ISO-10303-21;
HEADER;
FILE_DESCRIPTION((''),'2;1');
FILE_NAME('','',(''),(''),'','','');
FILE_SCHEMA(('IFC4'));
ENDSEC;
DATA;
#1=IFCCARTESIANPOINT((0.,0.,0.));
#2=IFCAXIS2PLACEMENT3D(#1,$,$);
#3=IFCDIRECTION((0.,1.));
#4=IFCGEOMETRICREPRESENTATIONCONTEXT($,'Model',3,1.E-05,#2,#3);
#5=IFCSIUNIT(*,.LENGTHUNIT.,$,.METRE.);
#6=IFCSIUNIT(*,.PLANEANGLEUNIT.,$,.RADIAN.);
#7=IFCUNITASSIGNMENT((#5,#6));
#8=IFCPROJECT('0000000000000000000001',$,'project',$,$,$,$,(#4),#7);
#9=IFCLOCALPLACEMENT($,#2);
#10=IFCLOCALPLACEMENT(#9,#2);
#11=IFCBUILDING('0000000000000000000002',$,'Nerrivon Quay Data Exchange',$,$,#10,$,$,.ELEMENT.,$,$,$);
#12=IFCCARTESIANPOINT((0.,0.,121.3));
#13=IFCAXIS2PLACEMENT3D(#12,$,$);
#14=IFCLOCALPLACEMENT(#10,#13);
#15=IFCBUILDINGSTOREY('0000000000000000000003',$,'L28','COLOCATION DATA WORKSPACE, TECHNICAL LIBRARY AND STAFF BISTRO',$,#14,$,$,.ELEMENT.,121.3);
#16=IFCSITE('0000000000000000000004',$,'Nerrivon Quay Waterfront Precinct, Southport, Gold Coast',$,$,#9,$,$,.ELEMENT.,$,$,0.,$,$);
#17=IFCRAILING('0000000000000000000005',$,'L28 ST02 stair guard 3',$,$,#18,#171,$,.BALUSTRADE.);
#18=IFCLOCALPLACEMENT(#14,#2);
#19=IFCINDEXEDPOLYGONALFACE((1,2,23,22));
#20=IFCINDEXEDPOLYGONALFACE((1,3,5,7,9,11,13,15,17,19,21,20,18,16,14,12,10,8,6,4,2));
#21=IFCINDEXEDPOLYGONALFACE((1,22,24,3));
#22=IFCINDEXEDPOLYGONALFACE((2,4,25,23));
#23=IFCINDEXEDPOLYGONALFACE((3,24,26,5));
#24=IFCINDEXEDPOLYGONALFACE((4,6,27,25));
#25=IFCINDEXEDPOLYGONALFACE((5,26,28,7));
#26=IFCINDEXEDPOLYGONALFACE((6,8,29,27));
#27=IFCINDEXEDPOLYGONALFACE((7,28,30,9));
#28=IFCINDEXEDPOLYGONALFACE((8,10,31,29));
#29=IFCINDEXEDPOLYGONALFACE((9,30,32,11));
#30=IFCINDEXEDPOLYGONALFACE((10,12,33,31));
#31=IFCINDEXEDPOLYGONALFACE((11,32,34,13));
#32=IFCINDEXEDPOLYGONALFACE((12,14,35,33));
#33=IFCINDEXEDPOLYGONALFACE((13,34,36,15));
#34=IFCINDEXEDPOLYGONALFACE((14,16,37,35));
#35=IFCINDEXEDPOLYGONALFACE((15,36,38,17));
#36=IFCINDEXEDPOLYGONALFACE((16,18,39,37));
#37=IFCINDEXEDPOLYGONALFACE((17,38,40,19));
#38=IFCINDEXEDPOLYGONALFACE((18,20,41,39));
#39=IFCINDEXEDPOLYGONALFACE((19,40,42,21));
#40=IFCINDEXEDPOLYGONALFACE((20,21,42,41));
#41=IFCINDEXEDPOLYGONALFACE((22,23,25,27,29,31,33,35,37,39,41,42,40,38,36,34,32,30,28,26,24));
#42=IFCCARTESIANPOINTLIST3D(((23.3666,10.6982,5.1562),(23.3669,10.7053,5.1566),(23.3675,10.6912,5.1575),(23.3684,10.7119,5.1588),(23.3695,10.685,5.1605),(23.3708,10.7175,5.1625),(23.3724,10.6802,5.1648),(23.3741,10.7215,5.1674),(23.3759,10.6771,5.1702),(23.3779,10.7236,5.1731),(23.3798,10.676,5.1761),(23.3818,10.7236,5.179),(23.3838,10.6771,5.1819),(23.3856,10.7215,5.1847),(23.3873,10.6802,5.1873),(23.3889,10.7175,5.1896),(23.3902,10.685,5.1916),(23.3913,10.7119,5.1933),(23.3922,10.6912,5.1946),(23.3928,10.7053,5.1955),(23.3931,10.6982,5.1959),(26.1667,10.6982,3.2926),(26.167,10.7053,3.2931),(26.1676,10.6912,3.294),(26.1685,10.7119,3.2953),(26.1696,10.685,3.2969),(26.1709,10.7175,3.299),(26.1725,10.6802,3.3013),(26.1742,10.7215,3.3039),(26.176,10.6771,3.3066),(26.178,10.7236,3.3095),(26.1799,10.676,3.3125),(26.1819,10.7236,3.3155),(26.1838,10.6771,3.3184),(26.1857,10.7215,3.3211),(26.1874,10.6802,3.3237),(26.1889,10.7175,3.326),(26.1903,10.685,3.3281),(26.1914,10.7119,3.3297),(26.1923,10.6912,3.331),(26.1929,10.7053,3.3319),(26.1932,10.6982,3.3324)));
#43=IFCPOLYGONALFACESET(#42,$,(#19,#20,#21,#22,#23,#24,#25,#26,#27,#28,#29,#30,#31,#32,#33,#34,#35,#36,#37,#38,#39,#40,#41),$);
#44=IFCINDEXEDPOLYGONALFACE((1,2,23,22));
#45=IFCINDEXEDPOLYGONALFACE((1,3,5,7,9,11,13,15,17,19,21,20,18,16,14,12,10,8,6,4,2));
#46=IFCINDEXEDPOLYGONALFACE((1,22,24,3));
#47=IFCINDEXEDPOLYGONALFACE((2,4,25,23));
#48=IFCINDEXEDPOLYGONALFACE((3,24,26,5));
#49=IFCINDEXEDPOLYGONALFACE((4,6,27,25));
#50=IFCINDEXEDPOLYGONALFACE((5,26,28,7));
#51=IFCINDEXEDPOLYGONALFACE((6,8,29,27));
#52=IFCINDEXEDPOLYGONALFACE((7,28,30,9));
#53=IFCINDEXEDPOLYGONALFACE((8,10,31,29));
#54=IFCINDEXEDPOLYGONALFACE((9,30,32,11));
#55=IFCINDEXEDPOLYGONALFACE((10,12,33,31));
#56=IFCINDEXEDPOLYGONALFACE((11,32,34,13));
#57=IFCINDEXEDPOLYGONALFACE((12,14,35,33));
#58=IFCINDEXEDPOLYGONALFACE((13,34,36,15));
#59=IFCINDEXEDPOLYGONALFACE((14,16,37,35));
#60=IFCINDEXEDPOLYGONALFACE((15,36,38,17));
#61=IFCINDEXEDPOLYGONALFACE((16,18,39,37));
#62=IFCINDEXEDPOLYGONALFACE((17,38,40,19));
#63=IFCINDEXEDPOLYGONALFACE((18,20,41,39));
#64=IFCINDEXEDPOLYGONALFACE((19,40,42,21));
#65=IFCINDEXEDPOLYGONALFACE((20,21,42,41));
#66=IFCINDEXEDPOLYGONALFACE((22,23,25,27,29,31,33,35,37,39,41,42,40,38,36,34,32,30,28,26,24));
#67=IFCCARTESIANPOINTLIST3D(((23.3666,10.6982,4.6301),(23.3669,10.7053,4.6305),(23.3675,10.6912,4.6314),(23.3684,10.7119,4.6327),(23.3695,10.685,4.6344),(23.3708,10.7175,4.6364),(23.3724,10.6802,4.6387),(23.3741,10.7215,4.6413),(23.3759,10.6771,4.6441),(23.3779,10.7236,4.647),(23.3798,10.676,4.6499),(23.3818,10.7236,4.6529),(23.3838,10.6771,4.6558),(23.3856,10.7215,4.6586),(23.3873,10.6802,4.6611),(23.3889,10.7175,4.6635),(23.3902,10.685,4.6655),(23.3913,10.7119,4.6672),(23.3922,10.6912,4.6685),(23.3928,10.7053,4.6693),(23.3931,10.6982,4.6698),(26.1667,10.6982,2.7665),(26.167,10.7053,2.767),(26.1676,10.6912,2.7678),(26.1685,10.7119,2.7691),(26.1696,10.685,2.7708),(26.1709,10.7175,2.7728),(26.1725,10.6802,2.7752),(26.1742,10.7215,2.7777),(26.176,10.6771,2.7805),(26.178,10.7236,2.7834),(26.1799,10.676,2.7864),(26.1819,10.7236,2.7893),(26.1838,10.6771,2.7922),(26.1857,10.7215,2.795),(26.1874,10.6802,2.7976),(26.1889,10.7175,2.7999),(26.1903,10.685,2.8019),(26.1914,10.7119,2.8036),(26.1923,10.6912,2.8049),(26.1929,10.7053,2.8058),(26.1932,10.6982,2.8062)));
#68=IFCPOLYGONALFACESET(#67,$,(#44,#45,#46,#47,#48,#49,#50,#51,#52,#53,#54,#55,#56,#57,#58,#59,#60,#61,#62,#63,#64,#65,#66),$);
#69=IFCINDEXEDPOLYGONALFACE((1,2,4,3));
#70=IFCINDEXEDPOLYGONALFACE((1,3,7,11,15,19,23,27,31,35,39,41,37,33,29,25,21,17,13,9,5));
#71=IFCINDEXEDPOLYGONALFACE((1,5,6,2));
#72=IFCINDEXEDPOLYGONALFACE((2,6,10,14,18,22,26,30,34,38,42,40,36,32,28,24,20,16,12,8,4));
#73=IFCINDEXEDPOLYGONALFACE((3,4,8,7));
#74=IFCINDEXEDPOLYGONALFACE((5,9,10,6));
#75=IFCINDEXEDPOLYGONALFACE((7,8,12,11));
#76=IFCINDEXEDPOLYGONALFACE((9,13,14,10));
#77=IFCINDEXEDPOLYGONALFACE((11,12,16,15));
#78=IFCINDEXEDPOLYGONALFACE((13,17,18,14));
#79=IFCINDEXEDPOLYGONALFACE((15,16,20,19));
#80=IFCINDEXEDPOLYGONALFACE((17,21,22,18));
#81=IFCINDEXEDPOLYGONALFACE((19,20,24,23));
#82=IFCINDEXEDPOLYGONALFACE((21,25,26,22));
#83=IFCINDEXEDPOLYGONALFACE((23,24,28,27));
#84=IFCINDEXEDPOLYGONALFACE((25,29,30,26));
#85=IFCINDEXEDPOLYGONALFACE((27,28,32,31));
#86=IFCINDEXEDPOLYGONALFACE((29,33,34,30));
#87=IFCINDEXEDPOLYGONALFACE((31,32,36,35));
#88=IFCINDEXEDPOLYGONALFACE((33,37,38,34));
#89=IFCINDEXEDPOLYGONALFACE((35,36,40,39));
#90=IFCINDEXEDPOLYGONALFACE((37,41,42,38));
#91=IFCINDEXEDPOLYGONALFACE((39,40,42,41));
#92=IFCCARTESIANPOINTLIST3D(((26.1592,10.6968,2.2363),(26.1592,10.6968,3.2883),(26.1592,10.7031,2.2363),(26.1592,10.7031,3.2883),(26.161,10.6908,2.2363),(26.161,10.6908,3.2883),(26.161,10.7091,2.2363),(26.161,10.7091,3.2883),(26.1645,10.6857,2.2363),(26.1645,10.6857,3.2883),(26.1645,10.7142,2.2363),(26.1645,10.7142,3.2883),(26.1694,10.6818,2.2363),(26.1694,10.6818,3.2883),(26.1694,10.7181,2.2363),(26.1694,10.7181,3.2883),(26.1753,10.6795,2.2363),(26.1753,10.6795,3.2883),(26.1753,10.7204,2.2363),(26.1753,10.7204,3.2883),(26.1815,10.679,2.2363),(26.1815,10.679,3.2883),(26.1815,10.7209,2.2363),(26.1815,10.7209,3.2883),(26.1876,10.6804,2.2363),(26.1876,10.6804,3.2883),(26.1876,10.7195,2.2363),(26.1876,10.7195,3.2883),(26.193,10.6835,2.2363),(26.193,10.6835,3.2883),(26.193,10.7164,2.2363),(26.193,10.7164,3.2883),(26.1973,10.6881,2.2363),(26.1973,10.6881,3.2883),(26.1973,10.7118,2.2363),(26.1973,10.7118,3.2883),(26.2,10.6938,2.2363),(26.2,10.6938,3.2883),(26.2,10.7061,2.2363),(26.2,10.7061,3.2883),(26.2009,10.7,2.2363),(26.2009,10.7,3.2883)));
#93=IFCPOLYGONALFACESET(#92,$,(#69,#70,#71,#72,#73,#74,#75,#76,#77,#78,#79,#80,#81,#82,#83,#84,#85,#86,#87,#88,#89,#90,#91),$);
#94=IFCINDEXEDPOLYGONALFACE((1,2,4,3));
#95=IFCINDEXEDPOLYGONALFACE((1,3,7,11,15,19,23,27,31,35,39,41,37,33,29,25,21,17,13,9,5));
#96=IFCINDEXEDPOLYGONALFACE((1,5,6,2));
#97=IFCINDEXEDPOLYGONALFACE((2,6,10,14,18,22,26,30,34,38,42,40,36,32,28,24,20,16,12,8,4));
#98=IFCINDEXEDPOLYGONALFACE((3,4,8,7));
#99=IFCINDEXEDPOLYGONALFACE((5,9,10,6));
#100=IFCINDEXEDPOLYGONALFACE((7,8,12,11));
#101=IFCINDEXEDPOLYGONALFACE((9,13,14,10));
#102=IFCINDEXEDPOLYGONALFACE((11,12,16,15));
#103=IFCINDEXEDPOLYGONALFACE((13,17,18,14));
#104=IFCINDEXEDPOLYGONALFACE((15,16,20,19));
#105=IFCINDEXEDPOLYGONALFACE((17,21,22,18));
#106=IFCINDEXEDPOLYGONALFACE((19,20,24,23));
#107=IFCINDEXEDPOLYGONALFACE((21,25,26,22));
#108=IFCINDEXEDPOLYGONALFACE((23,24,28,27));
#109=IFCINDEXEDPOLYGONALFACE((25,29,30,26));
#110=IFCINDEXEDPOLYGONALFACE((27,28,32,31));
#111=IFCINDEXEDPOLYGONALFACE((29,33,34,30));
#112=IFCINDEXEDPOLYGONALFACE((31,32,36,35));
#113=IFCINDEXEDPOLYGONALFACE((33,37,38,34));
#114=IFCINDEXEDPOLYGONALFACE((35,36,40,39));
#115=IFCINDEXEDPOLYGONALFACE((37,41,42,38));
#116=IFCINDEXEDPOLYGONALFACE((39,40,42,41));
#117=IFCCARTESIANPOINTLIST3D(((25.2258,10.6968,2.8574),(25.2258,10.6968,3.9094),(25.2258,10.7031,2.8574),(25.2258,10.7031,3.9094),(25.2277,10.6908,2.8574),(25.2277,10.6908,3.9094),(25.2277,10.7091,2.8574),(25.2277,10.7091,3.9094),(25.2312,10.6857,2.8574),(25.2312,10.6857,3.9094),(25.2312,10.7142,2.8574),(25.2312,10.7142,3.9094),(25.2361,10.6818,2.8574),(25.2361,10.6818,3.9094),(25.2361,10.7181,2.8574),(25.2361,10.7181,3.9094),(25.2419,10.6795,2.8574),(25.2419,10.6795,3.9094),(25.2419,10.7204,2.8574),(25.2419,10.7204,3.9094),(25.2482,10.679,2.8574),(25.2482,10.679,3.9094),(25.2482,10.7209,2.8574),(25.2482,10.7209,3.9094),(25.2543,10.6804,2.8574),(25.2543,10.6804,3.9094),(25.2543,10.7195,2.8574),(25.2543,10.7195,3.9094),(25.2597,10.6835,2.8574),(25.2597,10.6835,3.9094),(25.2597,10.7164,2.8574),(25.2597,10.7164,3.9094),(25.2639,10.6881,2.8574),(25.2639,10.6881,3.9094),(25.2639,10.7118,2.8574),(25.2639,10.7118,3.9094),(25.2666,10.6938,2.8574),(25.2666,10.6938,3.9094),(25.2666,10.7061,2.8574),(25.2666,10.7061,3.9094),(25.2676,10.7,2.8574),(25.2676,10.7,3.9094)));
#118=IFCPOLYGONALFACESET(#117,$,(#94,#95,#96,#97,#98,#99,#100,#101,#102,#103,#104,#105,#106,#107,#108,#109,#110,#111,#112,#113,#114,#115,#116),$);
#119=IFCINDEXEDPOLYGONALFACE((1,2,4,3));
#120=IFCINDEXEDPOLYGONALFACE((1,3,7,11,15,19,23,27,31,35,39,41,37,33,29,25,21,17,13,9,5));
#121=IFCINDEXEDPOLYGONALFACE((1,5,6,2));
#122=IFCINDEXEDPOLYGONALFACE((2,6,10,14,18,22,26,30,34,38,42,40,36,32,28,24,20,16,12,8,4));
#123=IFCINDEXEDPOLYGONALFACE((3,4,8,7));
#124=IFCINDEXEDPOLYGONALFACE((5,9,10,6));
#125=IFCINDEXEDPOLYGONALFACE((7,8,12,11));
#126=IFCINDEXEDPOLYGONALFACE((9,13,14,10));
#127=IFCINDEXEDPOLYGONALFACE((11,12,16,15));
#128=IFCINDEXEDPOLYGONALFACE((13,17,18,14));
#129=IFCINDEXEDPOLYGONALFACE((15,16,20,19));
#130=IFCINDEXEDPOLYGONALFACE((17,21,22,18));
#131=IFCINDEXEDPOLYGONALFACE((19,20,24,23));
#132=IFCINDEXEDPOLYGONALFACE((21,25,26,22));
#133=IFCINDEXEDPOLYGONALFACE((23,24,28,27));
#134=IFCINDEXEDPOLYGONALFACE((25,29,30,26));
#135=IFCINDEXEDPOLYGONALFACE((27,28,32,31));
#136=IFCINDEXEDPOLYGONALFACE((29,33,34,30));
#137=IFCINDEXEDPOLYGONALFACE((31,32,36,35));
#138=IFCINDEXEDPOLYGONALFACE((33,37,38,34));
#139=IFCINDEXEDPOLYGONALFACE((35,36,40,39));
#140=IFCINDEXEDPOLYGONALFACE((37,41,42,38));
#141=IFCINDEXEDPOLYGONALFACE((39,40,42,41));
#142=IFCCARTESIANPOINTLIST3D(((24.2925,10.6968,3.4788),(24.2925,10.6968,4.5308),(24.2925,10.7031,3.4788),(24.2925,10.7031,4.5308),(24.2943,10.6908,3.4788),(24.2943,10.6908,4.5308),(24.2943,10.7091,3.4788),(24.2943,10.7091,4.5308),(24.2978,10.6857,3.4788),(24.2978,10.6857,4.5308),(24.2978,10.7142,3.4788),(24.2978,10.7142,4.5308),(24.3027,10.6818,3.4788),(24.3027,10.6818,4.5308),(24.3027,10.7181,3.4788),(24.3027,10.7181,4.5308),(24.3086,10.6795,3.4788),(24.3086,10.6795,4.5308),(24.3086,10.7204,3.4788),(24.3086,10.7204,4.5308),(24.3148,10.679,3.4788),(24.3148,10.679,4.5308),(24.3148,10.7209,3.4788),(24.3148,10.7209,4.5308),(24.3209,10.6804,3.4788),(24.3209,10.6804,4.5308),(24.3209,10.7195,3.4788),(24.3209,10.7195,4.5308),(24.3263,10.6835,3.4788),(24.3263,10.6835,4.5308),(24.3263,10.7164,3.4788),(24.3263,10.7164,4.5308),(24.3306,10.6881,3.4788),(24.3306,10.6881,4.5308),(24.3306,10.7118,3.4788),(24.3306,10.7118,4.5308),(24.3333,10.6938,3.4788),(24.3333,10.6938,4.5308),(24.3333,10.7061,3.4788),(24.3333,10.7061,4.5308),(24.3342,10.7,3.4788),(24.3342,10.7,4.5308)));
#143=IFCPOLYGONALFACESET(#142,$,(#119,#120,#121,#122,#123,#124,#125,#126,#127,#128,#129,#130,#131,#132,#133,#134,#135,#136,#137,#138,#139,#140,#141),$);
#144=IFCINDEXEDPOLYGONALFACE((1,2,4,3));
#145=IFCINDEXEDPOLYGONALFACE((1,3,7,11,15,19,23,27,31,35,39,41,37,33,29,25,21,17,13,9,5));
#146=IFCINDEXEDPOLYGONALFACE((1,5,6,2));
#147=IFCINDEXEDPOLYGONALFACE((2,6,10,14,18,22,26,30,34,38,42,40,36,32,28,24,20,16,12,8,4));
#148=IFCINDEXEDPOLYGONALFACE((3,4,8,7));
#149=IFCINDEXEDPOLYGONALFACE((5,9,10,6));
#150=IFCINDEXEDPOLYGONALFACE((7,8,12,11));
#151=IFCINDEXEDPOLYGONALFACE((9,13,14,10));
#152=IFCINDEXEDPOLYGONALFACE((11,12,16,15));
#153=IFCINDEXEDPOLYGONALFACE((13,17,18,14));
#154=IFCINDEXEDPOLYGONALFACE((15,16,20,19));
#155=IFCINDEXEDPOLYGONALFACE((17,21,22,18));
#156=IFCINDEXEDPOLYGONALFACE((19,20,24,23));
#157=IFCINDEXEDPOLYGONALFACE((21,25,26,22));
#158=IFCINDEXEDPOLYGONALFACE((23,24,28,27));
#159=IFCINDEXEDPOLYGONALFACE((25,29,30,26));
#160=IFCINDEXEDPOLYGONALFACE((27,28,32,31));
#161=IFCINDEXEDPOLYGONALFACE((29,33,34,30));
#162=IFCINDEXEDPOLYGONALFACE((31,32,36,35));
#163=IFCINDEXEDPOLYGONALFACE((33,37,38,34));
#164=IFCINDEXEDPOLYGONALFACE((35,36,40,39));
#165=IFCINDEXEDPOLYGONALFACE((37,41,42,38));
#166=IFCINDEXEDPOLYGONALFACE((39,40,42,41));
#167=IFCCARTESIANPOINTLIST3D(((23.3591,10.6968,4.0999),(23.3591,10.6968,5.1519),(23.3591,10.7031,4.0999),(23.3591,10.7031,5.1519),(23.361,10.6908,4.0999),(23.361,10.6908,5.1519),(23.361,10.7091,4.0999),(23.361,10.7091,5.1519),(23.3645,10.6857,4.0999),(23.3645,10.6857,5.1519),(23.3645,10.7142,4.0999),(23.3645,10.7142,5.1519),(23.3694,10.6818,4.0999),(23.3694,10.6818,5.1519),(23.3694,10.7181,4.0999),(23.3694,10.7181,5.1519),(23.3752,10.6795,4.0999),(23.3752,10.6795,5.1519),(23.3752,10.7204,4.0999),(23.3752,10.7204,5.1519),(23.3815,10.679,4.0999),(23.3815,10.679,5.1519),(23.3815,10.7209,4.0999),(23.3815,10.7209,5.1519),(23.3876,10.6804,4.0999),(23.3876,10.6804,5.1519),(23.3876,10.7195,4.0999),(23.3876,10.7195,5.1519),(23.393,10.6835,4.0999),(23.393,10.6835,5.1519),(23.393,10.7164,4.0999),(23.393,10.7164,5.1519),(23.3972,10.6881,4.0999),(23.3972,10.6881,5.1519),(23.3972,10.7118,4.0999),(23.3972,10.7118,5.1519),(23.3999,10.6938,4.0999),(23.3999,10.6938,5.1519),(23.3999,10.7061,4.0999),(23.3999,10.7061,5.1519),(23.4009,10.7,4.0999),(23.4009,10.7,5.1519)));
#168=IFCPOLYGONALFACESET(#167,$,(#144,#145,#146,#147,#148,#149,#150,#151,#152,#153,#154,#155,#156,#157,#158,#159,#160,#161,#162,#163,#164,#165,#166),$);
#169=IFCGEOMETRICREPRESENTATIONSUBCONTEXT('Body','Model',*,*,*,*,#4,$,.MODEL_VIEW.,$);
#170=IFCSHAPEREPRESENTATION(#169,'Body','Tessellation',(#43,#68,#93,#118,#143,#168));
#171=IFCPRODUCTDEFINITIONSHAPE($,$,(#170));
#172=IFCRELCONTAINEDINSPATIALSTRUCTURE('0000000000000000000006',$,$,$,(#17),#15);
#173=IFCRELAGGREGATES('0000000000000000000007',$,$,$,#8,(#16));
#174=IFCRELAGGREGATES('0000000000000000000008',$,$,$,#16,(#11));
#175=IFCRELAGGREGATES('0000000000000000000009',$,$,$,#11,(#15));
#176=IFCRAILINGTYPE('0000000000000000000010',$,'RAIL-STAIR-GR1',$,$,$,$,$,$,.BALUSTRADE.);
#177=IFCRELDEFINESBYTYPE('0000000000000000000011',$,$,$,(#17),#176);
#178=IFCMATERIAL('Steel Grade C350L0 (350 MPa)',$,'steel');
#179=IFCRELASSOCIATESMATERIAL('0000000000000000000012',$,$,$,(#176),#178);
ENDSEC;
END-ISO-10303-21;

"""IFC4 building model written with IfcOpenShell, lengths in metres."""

from ifc_helpers import new_model, si_unit, direction, frame, origin, origin_2d, place, context, subcontext, project, spatial, circle, extrude, material, type_object, element, save


model = new_model("IFC4")

# Units and contexts
model_context = context("Model", 3, precision=1e-05, world=origin(), true_north=direction((0.0, 1.0)))
body_context = subcontext(model_context, "Body", "Model", "MODEL_VIEW")
ifc_project = project(units=[si_unit("LENGTHUNIT", "METRE"), si_unit("PLANEANGLEUNIT", "RADIAN")], contexts=[model_context])

# Site, building, storey
site_placement = place(None, origin())
site = spatial("IfcSite", under=ifc_project, at=site_placement, Name="Nerrivon Quay Waterfront Precinct, Southport, Gold Coast", CompositionType="ELEMENT", RefElevation=0.0)
building_placement = place(site_placement, origin())
building = spatial("IfcBuilding", under=site, at=building_placement, Name="Nerrivon Quay Data Exchange", CompositionType="ELEMENT")
storey_placement = place(building_placement, frame((0.0, 0.0, 121.3)))
storey = spatial("IfcBuildingStorey", under=building, at=storey_placement, Name="L28", Description="COLOCATION DATA WORKSPACE, TECHNICAL LIBRARY AND STAFF BISTRO", CompositionType="ELEMENT", Elevation=121.3)

# Railing
ifc_material_1 = material(Name="Steel Grade C350L0 (350 MPa)", Category="steel")
railing_type_1 = type_object("IfcRailingType", Name="RAIL-STAIR-GR1", PredefinedType="BALUSTRADE", material=ifc_material_1)
railing_1_placement = place(storey_placement, frame((26.1799, 10.7, 2.2363)))
element("IfcRailing", 1, at=railing_1_placement, inside=storey, type_object=railing_type_1, Name="L28 ST02 stair guard 3", PredefinedType="BALUSTRADE", context=body_context, shape_type="SweptSolid", body=[
    extrude(circle(Radius=0.0239, at=origin_2d()), frame((0.0, 0.0, 1.0762), z_axis=(-0.832486, 0.0, 0.554047), x_axis=(0.0, -1.0, 0.0)), (0.0, 0.0, 1.0), 3.3635),
    extrude(circle(Radius=0.0239, at=origin_2d()), frame((0.0, 0.0, 0.55), z_axis=(-0.832486, 0.0, 0.554047), x_axis=(0.0, -1.0, 0.0)), (0.0, 0.0, 1.0), 3.3635),
    extrude(circle(Radius=0.021, at=origin_2d()), origin(), (0.0, 0.0, 1.0), 1.052),
    extrude(circle(Radius=0.021, at=origin_2d()), frame((-0.9333, 0.0, 0.6211)), (0.0, 0.0, 1.0), 1.052),
    extrude(circle(Radius=0.021, at=origin_2d()), frame((-1.8667, 0.0, 1.2424)), (0.0, 0.0, 1.0), 1.052),
    extrude(circle(Radius=0.021, at=origin_2d()), frame((-2.8, 0.0, 1.8635)), (0.0, 0.0, 1.0), 1.052),
])

save(model, "model.ifc")
